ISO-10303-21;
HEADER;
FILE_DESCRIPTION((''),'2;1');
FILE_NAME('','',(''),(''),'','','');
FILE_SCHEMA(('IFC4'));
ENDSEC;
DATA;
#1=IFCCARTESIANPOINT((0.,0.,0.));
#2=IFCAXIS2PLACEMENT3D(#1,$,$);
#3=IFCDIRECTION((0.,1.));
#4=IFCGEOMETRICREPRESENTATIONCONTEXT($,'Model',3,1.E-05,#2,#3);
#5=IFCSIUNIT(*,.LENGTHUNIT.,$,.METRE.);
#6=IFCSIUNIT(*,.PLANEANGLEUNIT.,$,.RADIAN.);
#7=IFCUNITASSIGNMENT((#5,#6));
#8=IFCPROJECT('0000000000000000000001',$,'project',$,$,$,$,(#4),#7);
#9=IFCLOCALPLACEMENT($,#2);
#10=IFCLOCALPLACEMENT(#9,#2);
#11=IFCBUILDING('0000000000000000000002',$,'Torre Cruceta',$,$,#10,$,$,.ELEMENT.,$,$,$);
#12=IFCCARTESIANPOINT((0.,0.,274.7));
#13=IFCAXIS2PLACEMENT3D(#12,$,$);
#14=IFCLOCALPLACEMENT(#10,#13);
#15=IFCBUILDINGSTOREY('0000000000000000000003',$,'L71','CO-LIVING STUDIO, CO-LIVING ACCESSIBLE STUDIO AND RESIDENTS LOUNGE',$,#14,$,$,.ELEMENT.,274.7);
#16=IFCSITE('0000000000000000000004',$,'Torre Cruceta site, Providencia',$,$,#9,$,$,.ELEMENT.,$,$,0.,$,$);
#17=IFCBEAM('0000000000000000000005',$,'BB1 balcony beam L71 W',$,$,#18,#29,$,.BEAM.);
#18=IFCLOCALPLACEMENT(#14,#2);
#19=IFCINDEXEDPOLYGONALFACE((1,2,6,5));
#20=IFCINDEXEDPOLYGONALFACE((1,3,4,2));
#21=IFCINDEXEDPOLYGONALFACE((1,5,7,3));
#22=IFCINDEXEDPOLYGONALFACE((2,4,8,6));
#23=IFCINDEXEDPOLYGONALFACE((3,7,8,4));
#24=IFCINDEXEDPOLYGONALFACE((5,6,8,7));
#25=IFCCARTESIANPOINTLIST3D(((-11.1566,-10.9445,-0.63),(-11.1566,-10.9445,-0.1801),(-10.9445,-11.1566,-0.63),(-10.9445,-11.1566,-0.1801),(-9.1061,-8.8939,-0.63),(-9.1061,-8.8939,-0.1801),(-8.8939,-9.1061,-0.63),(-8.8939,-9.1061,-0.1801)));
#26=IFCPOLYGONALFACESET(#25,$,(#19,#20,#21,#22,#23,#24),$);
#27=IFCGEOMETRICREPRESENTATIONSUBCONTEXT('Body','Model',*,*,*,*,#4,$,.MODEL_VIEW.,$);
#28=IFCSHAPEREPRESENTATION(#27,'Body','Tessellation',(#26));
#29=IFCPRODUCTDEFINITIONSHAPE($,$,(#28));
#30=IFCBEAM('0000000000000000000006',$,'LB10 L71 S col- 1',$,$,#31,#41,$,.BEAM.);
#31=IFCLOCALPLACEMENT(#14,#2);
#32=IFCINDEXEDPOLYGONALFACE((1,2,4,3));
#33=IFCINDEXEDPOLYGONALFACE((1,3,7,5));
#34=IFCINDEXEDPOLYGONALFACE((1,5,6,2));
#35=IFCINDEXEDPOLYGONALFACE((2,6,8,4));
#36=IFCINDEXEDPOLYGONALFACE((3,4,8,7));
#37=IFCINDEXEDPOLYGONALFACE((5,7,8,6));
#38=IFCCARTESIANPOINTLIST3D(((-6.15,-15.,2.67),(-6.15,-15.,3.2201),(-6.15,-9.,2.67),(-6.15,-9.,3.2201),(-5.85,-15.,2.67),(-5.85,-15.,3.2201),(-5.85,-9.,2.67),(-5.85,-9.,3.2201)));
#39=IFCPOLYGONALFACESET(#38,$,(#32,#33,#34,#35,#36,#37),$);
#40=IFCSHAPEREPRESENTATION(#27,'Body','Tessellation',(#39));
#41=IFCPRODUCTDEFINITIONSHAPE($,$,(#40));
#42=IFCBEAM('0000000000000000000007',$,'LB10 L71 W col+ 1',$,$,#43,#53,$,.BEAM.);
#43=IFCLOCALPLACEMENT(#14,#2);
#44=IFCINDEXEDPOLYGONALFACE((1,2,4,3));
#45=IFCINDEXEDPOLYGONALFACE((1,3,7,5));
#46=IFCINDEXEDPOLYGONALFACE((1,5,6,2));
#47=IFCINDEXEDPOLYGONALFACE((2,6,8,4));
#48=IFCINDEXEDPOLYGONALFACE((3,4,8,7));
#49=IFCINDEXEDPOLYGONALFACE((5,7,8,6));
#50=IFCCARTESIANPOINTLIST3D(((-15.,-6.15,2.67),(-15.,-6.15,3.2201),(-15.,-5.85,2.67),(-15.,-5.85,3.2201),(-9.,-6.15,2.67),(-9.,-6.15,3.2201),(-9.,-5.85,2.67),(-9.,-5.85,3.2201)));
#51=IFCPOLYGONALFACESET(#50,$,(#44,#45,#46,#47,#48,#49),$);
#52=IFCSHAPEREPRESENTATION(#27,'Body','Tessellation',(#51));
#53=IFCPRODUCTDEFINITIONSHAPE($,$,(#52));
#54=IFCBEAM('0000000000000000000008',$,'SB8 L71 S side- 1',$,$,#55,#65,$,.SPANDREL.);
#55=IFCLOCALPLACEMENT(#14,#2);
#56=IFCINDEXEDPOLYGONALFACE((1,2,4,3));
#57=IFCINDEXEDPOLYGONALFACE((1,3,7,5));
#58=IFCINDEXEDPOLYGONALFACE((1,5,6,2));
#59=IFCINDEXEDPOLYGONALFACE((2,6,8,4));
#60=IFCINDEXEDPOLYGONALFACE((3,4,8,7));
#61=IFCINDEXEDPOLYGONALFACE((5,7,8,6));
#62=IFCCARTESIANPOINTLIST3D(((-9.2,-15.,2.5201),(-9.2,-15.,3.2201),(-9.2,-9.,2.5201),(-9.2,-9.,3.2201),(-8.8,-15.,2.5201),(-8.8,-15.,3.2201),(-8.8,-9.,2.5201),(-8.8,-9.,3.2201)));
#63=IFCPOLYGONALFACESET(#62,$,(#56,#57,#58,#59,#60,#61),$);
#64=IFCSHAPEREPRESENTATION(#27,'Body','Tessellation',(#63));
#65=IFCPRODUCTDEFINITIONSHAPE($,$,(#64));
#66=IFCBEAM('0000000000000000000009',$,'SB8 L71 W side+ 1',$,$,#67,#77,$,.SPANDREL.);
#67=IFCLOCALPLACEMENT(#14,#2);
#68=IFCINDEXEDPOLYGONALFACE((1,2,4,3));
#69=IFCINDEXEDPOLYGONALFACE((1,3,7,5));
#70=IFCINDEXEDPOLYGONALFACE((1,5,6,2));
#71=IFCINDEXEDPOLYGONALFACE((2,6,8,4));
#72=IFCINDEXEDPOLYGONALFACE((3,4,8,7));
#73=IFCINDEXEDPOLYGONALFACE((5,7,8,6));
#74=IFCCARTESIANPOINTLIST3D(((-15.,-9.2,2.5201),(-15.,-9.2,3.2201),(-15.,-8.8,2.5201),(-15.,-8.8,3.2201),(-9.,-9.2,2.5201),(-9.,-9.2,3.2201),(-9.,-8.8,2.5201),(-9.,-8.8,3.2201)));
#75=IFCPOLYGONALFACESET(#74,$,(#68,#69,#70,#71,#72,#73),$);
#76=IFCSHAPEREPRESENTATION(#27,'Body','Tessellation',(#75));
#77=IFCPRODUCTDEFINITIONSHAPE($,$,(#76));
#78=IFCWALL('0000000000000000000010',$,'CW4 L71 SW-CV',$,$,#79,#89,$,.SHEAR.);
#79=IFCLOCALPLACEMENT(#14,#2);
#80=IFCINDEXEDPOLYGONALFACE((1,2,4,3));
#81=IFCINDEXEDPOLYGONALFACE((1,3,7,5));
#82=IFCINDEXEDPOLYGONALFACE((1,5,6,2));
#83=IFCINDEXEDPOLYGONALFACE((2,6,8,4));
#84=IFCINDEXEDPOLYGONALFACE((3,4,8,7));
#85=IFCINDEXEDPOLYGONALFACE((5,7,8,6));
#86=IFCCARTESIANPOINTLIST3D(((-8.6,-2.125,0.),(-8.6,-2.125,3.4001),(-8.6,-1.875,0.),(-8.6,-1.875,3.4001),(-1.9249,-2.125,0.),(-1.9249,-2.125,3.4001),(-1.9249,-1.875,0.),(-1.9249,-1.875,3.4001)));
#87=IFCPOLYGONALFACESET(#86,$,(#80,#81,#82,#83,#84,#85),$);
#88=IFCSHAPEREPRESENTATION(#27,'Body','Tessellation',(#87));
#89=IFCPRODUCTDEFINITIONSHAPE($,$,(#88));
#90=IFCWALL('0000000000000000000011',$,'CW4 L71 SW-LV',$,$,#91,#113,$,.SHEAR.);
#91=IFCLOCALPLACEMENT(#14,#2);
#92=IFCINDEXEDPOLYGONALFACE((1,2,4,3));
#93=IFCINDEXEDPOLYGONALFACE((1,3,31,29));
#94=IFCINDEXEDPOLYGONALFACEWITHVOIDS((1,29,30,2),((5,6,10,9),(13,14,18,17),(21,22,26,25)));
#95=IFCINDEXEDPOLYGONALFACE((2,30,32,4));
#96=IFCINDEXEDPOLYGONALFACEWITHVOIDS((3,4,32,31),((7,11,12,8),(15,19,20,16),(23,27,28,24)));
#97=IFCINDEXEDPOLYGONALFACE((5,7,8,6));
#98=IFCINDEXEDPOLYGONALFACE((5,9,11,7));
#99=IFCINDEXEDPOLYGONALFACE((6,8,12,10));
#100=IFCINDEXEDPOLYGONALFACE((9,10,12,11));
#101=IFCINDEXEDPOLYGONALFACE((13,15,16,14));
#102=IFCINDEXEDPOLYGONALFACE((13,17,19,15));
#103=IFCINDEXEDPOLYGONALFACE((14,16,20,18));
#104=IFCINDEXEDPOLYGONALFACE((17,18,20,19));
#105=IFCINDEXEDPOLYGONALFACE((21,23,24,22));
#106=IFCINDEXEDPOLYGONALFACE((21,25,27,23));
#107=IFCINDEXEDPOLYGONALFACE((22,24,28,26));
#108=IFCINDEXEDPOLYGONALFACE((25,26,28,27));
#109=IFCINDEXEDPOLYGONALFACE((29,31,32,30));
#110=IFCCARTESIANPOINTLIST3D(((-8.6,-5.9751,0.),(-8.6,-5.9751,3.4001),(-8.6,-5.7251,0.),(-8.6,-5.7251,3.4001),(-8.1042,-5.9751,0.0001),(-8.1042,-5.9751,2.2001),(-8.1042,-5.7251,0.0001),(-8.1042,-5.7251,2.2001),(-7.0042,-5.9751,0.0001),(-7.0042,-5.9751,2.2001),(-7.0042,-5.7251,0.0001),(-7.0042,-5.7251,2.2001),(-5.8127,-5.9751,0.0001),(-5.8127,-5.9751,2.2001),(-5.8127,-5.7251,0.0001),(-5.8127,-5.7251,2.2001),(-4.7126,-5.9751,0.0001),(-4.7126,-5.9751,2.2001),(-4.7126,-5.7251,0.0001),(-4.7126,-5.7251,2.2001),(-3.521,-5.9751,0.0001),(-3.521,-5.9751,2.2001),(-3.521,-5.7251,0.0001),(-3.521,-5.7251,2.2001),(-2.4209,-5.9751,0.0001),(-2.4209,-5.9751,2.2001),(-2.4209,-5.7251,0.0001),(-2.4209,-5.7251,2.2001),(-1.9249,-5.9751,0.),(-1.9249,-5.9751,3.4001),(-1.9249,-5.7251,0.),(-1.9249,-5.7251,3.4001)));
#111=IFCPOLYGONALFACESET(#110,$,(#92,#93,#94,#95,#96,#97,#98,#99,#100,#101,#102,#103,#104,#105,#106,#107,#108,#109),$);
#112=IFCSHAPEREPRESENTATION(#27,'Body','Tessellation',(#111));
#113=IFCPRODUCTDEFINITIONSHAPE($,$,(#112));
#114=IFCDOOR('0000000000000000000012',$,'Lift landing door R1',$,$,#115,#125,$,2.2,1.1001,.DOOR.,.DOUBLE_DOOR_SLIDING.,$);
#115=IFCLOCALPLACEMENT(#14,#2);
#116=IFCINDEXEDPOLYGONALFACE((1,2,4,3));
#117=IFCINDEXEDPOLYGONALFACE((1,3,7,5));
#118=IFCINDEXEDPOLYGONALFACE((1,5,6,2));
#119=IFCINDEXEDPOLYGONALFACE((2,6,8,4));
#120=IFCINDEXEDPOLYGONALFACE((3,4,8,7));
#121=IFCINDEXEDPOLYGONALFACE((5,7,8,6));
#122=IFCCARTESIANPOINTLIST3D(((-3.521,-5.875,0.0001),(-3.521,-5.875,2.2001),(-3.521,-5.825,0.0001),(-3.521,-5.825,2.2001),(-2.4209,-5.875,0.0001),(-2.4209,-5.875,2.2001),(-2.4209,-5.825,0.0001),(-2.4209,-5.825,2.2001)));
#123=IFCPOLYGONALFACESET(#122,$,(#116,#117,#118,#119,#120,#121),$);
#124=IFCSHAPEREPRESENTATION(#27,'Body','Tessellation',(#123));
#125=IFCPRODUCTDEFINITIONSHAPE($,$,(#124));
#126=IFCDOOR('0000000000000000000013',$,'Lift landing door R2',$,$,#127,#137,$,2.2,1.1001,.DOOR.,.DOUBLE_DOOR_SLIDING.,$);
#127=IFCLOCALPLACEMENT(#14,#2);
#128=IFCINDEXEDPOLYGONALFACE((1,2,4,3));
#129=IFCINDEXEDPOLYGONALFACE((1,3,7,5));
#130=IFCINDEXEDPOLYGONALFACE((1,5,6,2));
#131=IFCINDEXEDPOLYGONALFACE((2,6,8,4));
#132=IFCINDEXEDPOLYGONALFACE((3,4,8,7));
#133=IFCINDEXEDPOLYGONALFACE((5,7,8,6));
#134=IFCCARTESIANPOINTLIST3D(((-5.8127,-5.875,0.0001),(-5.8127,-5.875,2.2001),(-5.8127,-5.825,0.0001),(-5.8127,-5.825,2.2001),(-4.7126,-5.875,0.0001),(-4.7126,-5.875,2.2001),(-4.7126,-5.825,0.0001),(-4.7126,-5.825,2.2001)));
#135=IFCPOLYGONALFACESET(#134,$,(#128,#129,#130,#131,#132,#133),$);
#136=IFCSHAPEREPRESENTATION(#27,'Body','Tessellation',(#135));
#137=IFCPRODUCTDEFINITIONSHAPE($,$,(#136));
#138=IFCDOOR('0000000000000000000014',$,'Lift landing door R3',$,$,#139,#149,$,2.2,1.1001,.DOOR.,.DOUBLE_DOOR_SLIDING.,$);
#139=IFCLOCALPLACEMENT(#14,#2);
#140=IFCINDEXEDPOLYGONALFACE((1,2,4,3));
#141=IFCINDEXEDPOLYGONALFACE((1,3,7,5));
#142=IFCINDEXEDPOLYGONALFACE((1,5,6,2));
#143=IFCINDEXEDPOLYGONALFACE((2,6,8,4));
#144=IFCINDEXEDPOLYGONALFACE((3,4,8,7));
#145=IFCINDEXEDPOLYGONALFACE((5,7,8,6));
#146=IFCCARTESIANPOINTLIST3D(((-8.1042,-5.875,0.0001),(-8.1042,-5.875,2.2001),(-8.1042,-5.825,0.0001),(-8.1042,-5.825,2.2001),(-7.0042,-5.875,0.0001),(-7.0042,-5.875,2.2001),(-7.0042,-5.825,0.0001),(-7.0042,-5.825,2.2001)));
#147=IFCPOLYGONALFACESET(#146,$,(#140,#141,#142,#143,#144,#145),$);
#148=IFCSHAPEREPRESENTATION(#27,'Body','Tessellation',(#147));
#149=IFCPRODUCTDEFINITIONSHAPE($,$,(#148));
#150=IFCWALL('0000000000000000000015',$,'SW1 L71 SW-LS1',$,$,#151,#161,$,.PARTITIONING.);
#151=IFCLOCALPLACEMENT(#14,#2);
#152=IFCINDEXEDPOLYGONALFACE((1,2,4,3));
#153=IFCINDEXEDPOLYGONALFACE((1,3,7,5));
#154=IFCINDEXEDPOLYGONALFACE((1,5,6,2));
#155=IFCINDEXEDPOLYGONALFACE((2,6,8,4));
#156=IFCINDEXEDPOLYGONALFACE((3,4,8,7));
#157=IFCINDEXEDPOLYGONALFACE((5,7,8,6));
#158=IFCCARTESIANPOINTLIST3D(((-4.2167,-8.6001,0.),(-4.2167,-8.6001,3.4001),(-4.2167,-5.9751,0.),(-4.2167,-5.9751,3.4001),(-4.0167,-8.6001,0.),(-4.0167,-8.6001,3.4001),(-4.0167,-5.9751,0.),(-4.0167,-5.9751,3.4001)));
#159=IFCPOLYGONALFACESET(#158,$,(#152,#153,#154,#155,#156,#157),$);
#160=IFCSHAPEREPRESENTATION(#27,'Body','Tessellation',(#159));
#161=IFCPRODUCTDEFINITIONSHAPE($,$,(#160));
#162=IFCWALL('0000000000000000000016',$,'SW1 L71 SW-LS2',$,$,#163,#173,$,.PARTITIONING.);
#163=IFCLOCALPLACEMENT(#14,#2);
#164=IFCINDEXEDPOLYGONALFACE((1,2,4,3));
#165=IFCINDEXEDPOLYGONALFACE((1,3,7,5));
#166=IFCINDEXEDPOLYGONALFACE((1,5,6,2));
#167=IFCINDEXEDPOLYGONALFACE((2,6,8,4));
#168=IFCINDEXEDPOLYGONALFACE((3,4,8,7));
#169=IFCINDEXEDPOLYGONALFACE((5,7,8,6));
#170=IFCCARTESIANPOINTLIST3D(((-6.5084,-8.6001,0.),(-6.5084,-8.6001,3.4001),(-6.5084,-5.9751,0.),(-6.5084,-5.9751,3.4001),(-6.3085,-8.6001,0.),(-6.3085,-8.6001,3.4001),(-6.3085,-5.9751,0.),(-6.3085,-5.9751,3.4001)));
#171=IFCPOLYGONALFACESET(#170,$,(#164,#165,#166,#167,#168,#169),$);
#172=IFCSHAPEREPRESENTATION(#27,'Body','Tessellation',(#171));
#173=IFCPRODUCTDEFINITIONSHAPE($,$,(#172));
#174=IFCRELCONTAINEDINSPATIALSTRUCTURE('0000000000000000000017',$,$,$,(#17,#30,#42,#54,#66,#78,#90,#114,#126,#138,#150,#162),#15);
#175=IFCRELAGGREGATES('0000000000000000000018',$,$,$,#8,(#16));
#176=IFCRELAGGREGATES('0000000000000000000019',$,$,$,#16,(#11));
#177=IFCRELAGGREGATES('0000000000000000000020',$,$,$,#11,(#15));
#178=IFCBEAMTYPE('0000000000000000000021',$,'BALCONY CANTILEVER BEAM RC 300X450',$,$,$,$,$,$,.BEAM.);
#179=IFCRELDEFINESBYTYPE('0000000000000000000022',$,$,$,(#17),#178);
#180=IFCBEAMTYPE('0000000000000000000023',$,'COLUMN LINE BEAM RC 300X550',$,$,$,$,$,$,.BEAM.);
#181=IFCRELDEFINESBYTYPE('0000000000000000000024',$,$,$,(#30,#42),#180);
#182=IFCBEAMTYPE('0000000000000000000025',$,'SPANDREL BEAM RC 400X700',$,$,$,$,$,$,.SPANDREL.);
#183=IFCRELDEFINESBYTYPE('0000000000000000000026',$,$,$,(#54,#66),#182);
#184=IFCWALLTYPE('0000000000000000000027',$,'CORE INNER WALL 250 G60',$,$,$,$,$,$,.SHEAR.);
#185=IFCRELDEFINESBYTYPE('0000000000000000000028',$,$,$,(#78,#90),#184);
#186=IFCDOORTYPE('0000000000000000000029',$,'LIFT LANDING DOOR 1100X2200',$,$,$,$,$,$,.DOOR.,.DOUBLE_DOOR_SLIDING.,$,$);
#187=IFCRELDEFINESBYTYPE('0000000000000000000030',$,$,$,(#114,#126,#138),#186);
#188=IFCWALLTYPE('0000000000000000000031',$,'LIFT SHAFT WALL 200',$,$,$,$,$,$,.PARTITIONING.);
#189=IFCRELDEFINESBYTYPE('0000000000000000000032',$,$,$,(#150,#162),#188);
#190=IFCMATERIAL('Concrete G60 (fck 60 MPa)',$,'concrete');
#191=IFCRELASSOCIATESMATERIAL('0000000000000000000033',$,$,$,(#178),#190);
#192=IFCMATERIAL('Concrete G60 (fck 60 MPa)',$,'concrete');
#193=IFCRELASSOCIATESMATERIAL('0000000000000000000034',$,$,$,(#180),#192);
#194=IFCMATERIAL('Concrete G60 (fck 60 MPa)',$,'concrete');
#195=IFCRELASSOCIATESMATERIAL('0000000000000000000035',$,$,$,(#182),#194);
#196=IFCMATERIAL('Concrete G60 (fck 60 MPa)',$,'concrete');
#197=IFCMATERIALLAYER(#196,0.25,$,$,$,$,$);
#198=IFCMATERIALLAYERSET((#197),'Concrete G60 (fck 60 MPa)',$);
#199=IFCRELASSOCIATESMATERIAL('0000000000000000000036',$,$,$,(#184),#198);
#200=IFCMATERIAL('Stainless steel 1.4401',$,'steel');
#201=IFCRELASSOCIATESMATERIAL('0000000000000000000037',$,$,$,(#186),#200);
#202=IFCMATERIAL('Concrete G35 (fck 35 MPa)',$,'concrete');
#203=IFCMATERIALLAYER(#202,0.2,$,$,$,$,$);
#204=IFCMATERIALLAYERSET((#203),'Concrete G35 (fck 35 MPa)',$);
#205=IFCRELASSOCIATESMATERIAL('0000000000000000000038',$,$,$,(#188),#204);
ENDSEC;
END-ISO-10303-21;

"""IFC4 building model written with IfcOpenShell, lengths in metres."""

from ifc_helpers import new_model, si_unit, direction, frame, frame_2d, origin, origin_2d, place, context, subcontext, project, spatial, rectangle, extrude, material, layer, layer_set, material_profile, profile_set, type_object, element, fill, save


model = new_model("IFC4")

# Units and contexts
model_context = context("Model", 3, precision=1e-05, world=origin(), true_north=direction((0.0, 1.0)))
body_context = subcontext(model_context, "Body", "Model", "MODEL_VIEW")
ifc_project = project(units=[si_unit("LENGTHUNIT", "METRE"), si_unit("PLANEANGLEUNIT", "RADIAN")], contexts=[model_context])

# Site, building, storey
site_placement = place(None, origin())
site = spatial("IfcSite", under=ifc_project, at=site_placement, Name="Torre Cruceta site, Providencia", CompositionType="ELEMENT", RefElevation=0.0)
building_placement = place(site_placement, origin())
building = spatial("IfcBuilding", under=site, at=building_placement, Name="Torre Cruceta", CompositionType="ELEMENT")
storey_placement = place(building_placement, frame((0.0, 0.0, 274.7)))
storey = spatial("IfcBuildingStorey", under=building, at=storey_placement, Name="L71", Description="CO-LIVING STUDIO, CO-LIVING ACCESSIBLE STUDIO AND RESIDENTS LOUNGE", CompositionType="ELEMENT", Elevation=274.7)

# Beams
ifc_material_1 = material(Name="Concrete G60 (fck 60 MPa)", Category="concrete")
ifc_material_profile_1 = material_profile(ifc_material_1, rectangle(XDim=0.3, YDim=0.45, at=origin_2d()), Name="RC 300X450")
ifc_profile_set_1 = profile_set([ifc_material_profile_1], Name="Concrete G60 (fck 60 MPa)")
beam_type_1 = type_object("IfcBeamType", Name="BALCONY CANTILEVER BEAM RC 300X450", PredefinedType="BEAM", material=ifc_profile_set_1)
beam_placement = place(storey_placement, frame((-9.0, -9.0, -0.405), z_axis=(-0.707107, -0.707107, 0.0), x_axis=(0.707107, -0.707107, 0.0)))
element("IfcBeam", 1, at=beam_placement, inside=storey, type_object=beam_type_1, Name="BB1 balcony beam L71 W", PredefinedType="BEAM", context=body_context, shape_type="SweptSolid", body=[
    extrude(rectangle(XDim=0.3, YDim=0.45, at=origin_2d()), origin(), (0.0, 0.0, 1.0), 2.8999),
])
ifc_material_2 = material(Name="Concrete G60 (fck 60 MPa)", Category="concrete")
ifc_material_profile_2 = material_profile(ifc_material_2, rectangle(XDim=0.3, YDim=0.55, at=origin_2d()), Name="RC 300X550")
ifc_profile_set_2 = profile_set([ifc_material_profile_2], Name="Concrete G60 (fck 60 MPa)")
beam_type_2 = type_object("IfcBeamType", Name="COLUMN LINE BEAM RC 300X550", PredefinedType="BEAM", material=ifc_profile_set_2)
for number, where, z_axis, x_axis, name in (
    (2, (-6.0, -9.0, 2.9451), (0.0, -1.0, 0.0), (1.0, 0.0, 0.0), "LB10 L71 S col- 1"),
    (3, (-9.0, -6.0, 2.9451), (-1.0, 0.0, 0.0), (0.0, -1.0, 0.0), "LB10 L71 W col+ 1"),
):
    element("IfcBeam", number, at=place(storey_placement, frame(where, z_axis=z_axis, x_axis=x_axis)), inside=storey, type_object=beam_type_2, Name=name, PredefinedType="BEAM", context=body_context, shape_type="SweptSolid", body=[
        extrude(rectangle(XDim=0.3, YDim=0.55, at=origin_2d()), origin(), (0.0, 0.0, 1.0), 6.0),
    ])
ifc_material_3 = material(Name="Concrete G60 (fck 60 MPa)", Category="concrete")
ifc_material_profile_3 = material_profile(ifc_material_3, rectangle(XDim=0.3999, YDim=0.7, at=origin_2d()), Name="RC 400X700")
ifc_profile_set_3 = profile_set([ifc_material_profile_3], Name="Concrete G60 (fck 60 MPa)")
beam_type_3 = type_object("IfcBeamType", Name="SPANDREL BEAM RC 400X700", PredefinedType="SPANDREL", material=ifc_profile_set_3)
for number, where, z_axis, x_axis, name in (
    (4, (-9.0, -9.0, 2.8701), (0.0, -1.0, 0.0), (1.0, 0.0, 0.0), "SB8 L71 S side- 1"),
    (5, (-9.0, -9.0, 2.8701), (-1.0, 0.0, 0.0), (0.0, -1.0, 0.0), "SB8 L71 W side+ 1"),
):
    element("IfcBeam", number, at=place(storey_placement, frame(where, z_axis=z_axis, x_axis=x_axis)), inside=storey, type_object=beam_type_3, Name=name, PredefinedType="SPANDREL", context=body_context, shape_type="SweptSolid", body=[
        extrude(rectangle(XDim=0.3999, YDim=0.7, at=origin_2d()), origin(), (0.0, 0.0, 1.0), 6.0),
    ])

# Shared definitions
ifc_material_4 = material(Name="Concrete G60 (fck 60 MPa)", Category="concrete")
ifc_layer_1 = layer(ifc_material_4, 0.25)
ifc_layer_set_1 = layer_set([ifc_layer_1], Name="Concrete G60 (fck 60 MPa)")
wall_type_1 = type_object("IfcWallType", Name="CORE INNER WALL 250 G60", PredefinedType="SHEAR", material=ifc_layer_set_1)

# Wall
wall_1_placement = place(storey_placement, frame((-1.925, -2.0, 0.0), z_axis=(0.0, 0.0, 1.0), x_axis=(-1.0, 0.0, 0.0)))
element("IfcWall", 6, at=wall_1_placement, inside=storey, type_object=wall_type_1, Name="CW4 L71 SW-CV", PredefinedType="SHEAR", context=body_context, shape_type="SweptSolid", body=[
    extrude(rectangle(XDim=6.675, YDim=0.25, at=frame_2d((3.3374, 0.0))), origin(), (0.0, 0.0, 1.0), 3.4001),
])

# Wall, openings, doors
wall_2_placement = place(storey_placement, frame((-1.925, -5.8501, 0.0), z_axis=(0.0, 0.0, 1.0), x_axis=(-1.0, 0.0, 0.0)))
wall_2 = element("IfcWall", 7, at=wall_2_placement, inside=storey, type_object=wall_type_1, Name="CW4 L71 SW-LV", PredefinedType="SHEAR", context=body_context, shape_type="SweptSolid", body=[
    extrude(rectangle(XDim=6.675, YDim=0.25, at=frame_2d((3.3374, 0.0))), origin(), (0.0, 0.0, 1.0), 3.4001),
])
opening_1_placement = place(wall_2_placement, frame((0.4958, 0.0, 0.0)))
opening_1 = element("IfcOpeningElement", 8, at=opening_1_placement, cuts=wall_2, PredefinedType="OPENING", context=body_context, shape_type="SweptSolid", body=[
    extrude(rectangle(XDim=1.1001, YDim=2.2, at=frame_2d((0.55, 1.1001))), frame((0.0, 0.135, 0.0), z_axis=(0.0, -1.0, 0.0), x_axis=(1.0, 0.0, 0.0)), (0.0, 0.0, 1.0), 0.27),
])
opening_2_placement = place(wall_2_placement, frame((2.7876, 0.0, 0.0)))
opening_2 = element("IfcOpeningElement", 9, at=opening_2_placement, cuts=wall_2, PredefinedType="OPENING", context=body_context, shape_type="SweptSolid", body=[
    extrude(rectangle(XDim=1.1001, YDim=2.2, at=frame_2d((0.55, 1.1001))), frame((0.0, 0.135, 0.0), z_axis=(0.0, -1.0, 0.0), x_axis=(1.0, 0.0, 0.0)), (0.0, 0.0, 1.0), 0.27),
])
opening_3_placement = place(wall_2_placement, frame((5.0791, 0.0, 0.0)))
opening_3 = element("IfcOpeningElement", 10, at=opening_3_placement, cuts=wall_2, PredefinedType="OPENING", context=body_context, shape_type="SweptSolid", body=[
    extrude(rectangle(XDim=1.1001, YDim=2.2, at=frame_2d((0.55, 1.1001))), frame((0.0, 0.135, 0.0), z_axis=(0.0, -1.0, 0.0), x_axis=(1.0, 0.0, 0.0)), (0.0, 0.0, 1.0), 0.27),
])
ifc_material_5 = material(Name="Stainless steel 1.4401", Category="steel")
door_type_1 = type_object("IfcDoorType", Name="LIFT LANDING DOOR 1100X2200", OperationType="DOUBLE_DOOR_SLIDING", PredefinedType="DOOR", material=ifc_material_5)
door_1_placement = place(opening_1_placement, origin())
door_1 = element("IfcDoor", 11, at=door_1_placement, inside=storey, type_object=door_type_1, Name="Lift landing door R1", OperationType="DOUBLE_DOOR_SLIDING", OverallHeight=2.2, OverallWidth=1.1001, PredefinedType="DOOR", context=body_context, shape_type="SweptSolid", body=[
    extrude(rectangle(XDim=1.1001, YDim=2.2, at=frame_2d((0.55, 1.1001))), frame((0.0, 0.0249, 0.0), z_axis=(0.0, -1.0, 0.0), x_axis=(1.0, 0.0, 0.0)), (0.0, 0.0, 1.0), 0.05),
])
fill(opening_1, door_1)
door_2_placement = place(opening_2_placement, origin())
door_2 = element("IfcDoor", 12, at=door_2_placement, inside=storey, type_object=door_type_1, Name="Lift landing door R2", OperationType="DOUBLE_DOOR_SLIDING", OverallHeight=2.2, OverallWidth=1.1001, PredefinedType="DOOR", context=body_context, shape_type="SweptSolid", body=[
    extrude(rectangle(XDim=1.1001, YDim=2.2, at=frame_2d((0.55, 1.1001))), frame((0.0, 0.0249, 0.0), z_axis=(0.0, -1.0, 0.0), x_axis=(1.0, 0.0, 0.0)), (0.0, 0.0, 1.0), 0.05),
])
fill(opening_2, door_2)
door_3_placement = place(opening_3_placement, origin())
door_3 = element("IfcDoor", 13, at=door_3_placement, inside=storey, type_object=door_type_1, Name="Lift landing door R3", OperationType="DOUBLE_DOOR_SLIDING", OverallHeight=2.2, OverallWidth=1.1001, PredefinedType="DOOR", context=body_context, shape_type="SweptSolid", body=[
    extrude(rectangle(XDim=1.1001, YDim=2.2, at=frame_2d((0.55, 1.1001))), frame((0.0, 0.0249, 0.0), z_axis=(0.0, -1.0, 0.0), x_axis=(1.0, 0.0, 0.0)), (0.0, 0.0, 1.0), 0.05),
])
fill(opening_3, door_3)

# Walls
ifc_material_6 = material(Name="Concrete G35 (fck 35 MPa)", Category="concrete")
ifc_layer_2 = layer(ifc_material_6, 0.2)
ifc_layer_set_2 = layer_set([ifc_layer_2], Name="Concrete G35 (fck 35 MPa)")
wall_type_2 = type_object("IfcWallType", Name="LIFT SHAFT WALL 200", PredefinedType="PARTITIONING", material=ifc_layer_set_2)
for number, where, z_axis, x_axis, name in (
    (14, (-4.1167, -5.9751, 0.0), (0.0, 0.0, 1.0), (0.0, -1.0, 0.0), "SW1 L71 SW-LS1"),
    (15, (-6.4084, -5.9751, 0.0), (0.0, 0.0, 1.0), (0.0, -1.0, 0.0), "SW1 L71 SW-LS2"),
):
    element("IfcWall", number, at=place(storey_placement, frame(where, z_axis=z_axis, x_axis=x_axis)), inside=storey, type_object=wall_type_2, Name=name, PredefinedType="PARTITIONING", context=body_context, shape_type="SweptSolid", body=[
        extrude(rectangle(XDim=2.625, YDim=0.2, at=frame_2d((1.3125, 0.0))), origin(), (0.0, 0.0, 1.0), 3.4001),
    ])

save(model, "model.ifc")
